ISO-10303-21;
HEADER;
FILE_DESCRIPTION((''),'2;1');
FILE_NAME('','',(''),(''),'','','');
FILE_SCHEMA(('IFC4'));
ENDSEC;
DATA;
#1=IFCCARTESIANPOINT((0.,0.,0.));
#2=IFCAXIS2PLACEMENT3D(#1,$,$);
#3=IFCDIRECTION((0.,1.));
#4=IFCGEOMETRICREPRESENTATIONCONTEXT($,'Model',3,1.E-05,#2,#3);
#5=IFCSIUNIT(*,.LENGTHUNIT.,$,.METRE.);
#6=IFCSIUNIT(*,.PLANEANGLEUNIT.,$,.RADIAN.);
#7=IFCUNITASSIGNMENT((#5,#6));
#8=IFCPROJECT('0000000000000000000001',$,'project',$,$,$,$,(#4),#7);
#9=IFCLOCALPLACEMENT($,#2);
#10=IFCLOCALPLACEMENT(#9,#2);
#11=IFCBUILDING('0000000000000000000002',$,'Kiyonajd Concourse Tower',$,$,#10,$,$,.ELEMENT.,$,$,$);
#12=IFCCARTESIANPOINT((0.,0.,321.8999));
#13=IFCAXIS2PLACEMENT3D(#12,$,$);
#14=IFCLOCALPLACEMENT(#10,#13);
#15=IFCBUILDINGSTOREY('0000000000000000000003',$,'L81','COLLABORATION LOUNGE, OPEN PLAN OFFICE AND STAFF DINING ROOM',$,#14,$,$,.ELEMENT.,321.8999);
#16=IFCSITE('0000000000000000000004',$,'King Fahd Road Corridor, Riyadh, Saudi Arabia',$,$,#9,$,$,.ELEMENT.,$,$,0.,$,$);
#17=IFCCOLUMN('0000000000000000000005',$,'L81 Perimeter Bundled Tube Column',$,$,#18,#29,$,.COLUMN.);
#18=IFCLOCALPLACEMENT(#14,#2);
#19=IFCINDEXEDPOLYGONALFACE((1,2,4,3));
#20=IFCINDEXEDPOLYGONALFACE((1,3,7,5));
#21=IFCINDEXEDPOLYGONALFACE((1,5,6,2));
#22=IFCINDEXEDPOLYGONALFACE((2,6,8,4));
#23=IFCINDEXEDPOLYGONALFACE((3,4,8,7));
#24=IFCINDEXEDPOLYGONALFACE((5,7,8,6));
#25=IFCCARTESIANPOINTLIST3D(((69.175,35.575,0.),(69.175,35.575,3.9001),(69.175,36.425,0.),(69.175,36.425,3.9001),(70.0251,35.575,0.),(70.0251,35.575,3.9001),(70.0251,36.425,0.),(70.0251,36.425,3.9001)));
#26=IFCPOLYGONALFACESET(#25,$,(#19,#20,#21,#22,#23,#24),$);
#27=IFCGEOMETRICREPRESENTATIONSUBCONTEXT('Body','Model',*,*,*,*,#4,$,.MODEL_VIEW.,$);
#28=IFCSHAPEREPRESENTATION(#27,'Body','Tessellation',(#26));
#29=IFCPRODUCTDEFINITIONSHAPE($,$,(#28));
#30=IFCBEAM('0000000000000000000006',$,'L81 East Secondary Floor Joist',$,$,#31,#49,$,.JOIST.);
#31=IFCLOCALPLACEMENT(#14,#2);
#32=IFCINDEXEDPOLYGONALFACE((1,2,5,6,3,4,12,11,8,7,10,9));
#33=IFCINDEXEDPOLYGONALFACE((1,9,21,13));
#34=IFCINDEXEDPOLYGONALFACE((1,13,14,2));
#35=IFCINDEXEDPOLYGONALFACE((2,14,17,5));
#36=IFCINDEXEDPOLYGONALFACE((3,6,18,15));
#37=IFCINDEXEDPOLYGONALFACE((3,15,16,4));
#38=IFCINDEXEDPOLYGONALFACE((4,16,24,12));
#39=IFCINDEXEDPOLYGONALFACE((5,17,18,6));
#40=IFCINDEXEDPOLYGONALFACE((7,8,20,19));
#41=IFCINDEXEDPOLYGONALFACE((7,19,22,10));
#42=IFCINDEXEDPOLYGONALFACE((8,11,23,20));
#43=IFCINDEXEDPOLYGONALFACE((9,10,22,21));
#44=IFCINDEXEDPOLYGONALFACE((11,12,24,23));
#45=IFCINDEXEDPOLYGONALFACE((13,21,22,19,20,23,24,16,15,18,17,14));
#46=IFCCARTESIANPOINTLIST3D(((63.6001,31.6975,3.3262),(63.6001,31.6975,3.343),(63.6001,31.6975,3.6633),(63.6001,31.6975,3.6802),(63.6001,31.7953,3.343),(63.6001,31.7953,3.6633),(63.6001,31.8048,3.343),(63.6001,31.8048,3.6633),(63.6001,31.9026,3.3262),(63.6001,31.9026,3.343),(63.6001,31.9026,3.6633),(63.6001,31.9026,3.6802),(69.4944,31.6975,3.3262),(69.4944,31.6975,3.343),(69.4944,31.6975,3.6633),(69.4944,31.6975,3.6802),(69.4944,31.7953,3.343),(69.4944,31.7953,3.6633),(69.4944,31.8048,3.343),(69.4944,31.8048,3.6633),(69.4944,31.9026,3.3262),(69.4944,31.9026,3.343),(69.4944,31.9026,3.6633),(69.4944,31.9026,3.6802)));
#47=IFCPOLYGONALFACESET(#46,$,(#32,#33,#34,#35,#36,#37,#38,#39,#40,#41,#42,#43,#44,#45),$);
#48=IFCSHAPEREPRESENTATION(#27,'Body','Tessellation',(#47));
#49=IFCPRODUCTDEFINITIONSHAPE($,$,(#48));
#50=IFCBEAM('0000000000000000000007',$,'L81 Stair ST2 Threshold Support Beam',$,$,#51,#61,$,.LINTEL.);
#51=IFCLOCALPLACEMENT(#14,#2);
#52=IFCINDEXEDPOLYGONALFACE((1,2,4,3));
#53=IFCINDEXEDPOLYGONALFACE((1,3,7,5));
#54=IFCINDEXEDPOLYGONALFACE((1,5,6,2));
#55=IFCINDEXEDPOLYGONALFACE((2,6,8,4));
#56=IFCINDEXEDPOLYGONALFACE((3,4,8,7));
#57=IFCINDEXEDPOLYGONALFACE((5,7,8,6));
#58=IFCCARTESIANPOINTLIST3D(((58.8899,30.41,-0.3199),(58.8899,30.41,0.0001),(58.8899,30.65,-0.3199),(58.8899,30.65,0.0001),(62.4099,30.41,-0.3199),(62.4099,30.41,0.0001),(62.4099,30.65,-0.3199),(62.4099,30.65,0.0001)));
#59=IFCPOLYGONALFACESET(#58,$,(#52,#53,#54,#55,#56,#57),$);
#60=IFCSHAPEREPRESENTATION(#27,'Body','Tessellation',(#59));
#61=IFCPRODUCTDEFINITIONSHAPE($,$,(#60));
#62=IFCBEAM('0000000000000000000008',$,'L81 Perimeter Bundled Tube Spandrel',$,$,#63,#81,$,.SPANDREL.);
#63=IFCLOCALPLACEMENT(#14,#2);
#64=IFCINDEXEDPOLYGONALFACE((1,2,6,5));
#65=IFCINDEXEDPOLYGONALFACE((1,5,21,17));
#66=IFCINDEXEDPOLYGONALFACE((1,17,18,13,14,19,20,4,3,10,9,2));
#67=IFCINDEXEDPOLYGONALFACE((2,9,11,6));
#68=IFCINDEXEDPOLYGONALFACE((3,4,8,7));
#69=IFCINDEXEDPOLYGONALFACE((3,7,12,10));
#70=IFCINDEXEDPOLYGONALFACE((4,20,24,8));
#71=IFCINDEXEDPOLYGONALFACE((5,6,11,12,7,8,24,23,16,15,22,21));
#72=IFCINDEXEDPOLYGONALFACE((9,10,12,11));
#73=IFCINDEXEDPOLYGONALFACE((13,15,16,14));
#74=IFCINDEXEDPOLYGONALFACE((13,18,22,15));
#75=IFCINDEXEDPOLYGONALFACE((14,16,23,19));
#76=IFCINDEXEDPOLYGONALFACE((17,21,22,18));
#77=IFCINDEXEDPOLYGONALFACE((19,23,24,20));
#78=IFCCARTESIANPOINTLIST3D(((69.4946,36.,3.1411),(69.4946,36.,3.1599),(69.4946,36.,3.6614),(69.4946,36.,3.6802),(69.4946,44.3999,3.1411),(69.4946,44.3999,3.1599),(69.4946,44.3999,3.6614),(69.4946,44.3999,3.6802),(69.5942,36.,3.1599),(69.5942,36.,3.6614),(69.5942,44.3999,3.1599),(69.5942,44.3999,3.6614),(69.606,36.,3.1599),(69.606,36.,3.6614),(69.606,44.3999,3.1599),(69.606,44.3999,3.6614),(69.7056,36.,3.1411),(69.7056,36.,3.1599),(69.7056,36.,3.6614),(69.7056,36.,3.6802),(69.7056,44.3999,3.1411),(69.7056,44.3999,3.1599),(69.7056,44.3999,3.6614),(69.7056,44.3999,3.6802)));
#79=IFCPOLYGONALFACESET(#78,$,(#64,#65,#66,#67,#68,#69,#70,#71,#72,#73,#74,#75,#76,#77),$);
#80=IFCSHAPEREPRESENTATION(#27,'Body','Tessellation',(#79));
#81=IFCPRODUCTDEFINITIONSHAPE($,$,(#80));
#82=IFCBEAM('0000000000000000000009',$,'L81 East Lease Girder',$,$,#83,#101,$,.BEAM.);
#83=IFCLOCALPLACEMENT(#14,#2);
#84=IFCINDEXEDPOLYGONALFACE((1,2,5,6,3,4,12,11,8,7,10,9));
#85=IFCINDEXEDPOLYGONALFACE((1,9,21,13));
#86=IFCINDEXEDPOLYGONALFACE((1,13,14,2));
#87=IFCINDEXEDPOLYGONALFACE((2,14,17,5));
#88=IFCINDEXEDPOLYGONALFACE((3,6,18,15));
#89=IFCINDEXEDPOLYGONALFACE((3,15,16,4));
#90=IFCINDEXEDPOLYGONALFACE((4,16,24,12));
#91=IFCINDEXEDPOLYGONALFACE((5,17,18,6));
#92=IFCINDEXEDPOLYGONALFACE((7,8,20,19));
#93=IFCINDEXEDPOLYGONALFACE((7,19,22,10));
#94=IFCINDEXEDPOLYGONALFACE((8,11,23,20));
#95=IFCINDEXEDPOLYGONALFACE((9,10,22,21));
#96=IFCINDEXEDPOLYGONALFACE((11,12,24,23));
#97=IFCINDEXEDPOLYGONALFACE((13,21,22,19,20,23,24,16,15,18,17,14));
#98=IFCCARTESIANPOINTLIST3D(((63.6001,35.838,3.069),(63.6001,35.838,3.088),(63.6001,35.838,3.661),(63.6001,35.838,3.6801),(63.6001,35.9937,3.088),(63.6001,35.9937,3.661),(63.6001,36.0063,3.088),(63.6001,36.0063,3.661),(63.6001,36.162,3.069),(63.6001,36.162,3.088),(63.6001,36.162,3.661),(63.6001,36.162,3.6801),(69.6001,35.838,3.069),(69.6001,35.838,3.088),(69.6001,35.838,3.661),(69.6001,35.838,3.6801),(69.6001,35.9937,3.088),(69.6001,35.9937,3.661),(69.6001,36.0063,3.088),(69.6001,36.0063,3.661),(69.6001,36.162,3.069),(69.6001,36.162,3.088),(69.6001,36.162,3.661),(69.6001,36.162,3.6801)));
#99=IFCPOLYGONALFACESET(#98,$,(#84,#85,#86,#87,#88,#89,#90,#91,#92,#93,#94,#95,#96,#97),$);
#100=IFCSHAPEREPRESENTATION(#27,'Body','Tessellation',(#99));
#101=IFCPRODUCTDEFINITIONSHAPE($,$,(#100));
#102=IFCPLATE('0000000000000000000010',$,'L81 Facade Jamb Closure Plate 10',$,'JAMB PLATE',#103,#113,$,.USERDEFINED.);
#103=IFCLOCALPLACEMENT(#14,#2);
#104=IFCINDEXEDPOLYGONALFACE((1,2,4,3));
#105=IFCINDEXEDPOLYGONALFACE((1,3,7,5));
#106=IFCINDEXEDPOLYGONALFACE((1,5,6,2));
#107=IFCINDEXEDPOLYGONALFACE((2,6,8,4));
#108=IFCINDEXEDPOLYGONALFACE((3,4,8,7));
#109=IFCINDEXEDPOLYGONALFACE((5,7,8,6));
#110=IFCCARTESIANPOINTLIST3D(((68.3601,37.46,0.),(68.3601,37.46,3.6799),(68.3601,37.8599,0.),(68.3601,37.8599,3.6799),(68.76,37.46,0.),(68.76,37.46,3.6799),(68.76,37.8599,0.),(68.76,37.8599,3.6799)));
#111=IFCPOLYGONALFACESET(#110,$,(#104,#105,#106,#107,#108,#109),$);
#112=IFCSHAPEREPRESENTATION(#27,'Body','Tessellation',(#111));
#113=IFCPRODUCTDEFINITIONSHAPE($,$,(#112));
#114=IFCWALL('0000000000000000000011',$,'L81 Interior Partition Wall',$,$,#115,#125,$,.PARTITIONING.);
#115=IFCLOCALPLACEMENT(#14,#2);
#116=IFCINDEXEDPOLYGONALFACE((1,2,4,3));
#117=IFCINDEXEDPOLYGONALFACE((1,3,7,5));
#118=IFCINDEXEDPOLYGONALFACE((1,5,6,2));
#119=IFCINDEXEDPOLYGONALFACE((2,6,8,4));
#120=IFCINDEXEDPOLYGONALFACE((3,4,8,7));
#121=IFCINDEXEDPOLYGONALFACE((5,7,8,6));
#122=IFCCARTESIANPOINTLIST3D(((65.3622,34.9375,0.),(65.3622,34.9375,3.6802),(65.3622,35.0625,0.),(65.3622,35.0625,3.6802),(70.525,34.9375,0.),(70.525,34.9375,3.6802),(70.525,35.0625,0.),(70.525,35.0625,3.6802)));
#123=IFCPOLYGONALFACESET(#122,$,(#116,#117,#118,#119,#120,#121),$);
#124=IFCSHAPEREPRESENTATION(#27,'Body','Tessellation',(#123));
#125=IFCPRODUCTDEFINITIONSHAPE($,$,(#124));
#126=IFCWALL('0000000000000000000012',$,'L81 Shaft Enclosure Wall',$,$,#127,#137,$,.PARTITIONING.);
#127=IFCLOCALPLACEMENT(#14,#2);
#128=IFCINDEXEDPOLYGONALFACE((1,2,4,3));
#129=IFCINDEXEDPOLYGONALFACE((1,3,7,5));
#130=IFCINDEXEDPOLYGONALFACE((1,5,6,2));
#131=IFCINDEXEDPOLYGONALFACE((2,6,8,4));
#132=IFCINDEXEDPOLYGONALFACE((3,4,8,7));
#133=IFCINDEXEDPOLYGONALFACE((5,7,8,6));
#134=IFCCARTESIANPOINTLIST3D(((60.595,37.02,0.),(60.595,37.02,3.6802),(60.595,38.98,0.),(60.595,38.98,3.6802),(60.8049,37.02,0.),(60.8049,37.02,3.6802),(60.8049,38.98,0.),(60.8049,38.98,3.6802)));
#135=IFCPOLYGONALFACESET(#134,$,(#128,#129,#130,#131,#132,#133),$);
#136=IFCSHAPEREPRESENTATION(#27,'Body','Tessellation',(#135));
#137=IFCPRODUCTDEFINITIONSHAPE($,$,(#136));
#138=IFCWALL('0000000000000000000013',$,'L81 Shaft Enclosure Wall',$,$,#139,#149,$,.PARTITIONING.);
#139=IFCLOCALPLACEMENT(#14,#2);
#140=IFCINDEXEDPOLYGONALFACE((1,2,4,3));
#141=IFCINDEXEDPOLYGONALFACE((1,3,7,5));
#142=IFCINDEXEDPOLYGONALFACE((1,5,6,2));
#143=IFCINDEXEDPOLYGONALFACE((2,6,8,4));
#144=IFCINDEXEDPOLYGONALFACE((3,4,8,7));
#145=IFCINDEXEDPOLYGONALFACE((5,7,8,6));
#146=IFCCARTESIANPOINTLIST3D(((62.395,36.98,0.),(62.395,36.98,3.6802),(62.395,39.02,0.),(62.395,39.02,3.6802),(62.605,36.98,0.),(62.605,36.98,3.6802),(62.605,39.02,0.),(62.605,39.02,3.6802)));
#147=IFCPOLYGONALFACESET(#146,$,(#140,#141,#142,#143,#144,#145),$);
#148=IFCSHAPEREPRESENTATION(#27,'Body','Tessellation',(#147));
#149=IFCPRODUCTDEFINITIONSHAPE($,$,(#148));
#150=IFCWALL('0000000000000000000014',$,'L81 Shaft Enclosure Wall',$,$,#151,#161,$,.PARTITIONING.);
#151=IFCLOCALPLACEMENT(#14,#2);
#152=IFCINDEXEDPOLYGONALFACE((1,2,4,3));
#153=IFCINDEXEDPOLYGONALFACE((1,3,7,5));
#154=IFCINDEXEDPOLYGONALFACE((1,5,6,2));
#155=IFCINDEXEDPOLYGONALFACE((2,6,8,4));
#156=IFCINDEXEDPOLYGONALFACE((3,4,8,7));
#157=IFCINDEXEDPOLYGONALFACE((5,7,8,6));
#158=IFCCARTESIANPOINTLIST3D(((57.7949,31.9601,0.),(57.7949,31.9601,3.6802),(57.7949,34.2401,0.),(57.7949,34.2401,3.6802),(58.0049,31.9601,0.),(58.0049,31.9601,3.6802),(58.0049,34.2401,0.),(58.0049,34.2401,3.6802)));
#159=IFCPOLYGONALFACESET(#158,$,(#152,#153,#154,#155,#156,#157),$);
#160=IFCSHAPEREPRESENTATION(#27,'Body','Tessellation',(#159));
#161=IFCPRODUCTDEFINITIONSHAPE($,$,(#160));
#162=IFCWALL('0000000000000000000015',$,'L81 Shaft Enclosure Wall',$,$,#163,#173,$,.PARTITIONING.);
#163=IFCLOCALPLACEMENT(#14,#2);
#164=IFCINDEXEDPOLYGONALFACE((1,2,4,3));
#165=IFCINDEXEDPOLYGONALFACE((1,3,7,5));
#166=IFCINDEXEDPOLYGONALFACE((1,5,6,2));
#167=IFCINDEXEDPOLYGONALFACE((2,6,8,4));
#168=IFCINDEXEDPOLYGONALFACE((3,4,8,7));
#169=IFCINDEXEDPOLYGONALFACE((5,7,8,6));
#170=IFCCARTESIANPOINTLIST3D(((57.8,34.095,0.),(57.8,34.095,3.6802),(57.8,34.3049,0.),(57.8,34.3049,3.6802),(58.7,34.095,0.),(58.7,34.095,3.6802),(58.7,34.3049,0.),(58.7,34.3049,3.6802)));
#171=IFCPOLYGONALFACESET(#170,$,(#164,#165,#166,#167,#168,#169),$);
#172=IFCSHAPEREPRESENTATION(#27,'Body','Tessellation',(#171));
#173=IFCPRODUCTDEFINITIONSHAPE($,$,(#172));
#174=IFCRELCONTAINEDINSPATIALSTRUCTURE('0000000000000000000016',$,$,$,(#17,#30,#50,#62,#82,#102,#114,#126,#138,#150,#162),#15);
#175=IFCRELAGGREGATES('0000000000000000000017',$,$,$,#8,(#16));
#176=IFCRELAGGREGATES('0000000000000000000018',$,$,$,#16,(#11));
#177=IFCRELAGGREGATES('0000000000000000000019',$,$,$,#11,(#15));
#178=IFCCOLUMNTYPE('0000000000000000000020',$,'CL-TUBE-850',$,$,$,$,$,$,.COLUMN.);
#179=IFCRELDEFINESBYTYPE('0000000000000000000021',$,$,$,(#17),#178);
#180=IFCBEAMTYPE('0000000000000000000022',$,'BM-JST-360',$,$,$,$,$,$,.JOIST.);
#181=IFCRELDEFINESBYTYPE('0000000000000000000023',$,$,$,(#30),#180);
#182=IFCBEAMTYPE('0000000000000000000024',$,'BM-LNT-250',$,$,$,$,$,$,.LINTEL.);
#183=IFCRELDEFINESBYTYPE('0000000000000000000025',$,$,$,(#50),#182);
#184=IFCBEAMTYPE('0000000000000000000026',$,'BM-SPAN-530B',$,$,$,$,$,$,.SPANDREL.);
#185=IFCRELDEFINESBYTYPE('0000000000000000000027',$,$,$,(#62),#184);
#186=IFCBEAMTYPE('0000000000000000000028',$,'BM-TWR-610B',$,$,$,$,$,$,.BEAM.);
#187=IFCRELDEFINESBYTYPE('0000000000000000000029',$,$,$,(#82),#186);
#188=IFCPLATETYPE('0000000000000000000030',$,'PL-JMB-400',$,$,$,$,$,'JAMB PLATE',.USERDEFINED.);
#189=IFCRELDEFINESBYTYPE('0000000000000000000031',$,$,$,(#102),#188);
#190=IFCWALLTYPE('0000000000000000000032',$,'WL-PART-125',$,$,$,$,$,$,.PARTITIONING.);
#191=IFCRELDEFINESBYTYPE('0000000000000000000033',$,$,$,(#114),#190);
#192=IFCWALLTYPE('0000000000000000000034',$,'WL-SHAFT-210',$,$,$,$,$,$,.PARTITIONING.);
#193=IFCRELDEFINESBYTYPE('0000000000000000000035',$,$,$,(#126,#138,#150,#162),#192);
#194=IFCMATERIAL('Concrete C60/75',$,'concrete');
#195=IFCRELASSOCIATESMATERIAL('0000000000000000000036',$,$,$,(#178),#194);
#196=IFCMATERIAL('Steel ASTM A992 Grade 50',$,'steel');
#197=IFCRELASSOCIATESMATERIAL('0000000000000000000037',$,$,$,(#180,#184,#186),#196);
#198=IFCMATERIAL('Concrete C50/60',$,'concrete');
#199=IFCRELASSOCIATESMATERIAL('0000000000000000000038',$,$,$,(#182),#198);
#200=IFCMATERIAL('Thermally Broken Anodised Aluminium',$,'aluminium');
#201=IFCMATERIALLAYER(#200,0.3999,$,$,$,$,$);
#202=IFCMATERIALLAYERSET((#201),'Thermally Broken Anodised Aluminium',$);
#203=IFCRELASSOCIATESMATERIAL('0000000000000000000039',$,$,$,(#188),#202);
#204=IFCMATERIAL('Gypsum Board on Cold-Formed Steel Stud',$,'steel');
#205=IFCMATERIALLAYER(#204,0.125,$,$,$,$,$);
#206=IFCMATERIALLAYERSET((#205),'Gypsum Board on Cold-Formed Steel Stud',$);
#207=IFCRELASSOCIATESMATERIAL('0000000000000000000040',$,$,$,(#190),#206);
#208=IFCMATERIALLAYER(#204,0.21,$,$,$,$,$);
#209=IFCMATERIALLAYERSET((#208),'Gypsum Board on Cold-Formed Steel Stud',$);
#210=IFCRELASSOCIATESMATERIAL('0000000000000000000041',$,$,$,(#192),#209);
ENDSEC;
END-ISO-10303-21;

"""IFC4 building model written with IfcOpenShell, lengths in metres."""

from ifc_helpers import new_model, si_unit, direction, frame, frame_2d, origin, origin_2d, place, context, subcontext, project, spatial, rectangle, i_section, extrude, material, layer, layer_set, material_profile, profile_set, type_object, element, save


model = new_model("IFC4")

# Units and contexts
model_context = context("Model", 3, precision=1e-05, world=origin(), true_north=direction((0.0, 1.0)))
body_context = subcontext(model_context, "Body", "Model", "MODEL_VIEW")
ifc_project = project(units=[si_unit("LENGTHUNIT", "METRE"), si_unit("PLANEANGLEUNIT", "RADIAN")], contexts=[model_context])

# Site, building, storey
site_placement = place(None, origin())
site = spatial("IfcSite", under=ifc_project, at=site_placement, Name="King Fahd Road Corridor, Riyadh, Saudi Arabia", CompositionType="ELEMENT", RefElevation=0.0)
building_placement = place(site_placement, origin())
building = spatial("IfcBuilding", under=site, at=building_placement, Name="Kiyonajd Concourse Tower", CompositionType="ELEMENT")
storey_placement = place(building_placement, frame((0.0, 0.0, 321.8999)))
storey = spatial("IfcBuildingStorey", under=building, at=storey_placement, Name="L81", Description="COLLABORATION LOUNGE, OPEN PLAN OFFICE AND STAFF DINING ROOM", CompositionType="ELEMENT", Elevation=321.8999)

# Column
ifc_material_1 = material(Name="Concrete C60/75", Category="concrete")
ifc_material_profile_1 = material_profile(ifc_material_1, rectangle(XDim=0.8501, YDim=0.8501, at=origin_2d()), Name="RC-850x850")
ifc_profile_set_1 = profile_set([ifc_material_profile_1], Name="Concrete C60/75")
column_type = type_object("IfcColumnType", Name="CL-TUBE-850", PredefinedType="COLUMN", material=ifc_profile_set_1)
column_placement = place(storey_placement, frame((69.6001, 36.0, 0.0), z_axis=(0.0, 0.0, 1.0), x_axis=(1.0, 0.0, 0.0)))
element("IfcColumn", 1, at=column_placement, inside=storey, type_object=column_type, Name="L81 Perimeter Bundled Tube Column", PredefinedType="COLUMN", context=body_context, shape_type="SweptSolid", body=[
    extrude(rectangle(XDim=0.8501, YDim=0.8501, at=origin_2d()), origin(), (0.0, 0.0, 1.0), 3.9001),
])

# Beams
ifc_material_2 = material(Name="Steel ASTM A992 Grade 50", Category="steel")
ifc_material_profile_2 = material_profile(ifc_material_2, i_section(OverallWidth=0.2051, OverallDepth=0.354, WebThickness=0.0095, FlangeThickness=0.0168, at=origin_2d()), Name="W360X79")
ifc_profile_set_2 = profile_set([ifc_material_profile_2], Name="Steel ASTM A992 Grade 50")
beam_type_1 = type_object("IfcBeamType", Name="BM-JST-360", PredefinedType="JOIST", material=ifc_profile_set_2)
beam_1_placement = place(storey_placement, frame((63.6001, 31.8, 3.5032), z_axis=(1.0, 0.0, 0.0), x_axis=(0.0, 1.0, 0.0)))
element("IfcBeam", 2, at=beam_1_placement, inside=storey, type_object=beam_type_1, Name="L81 East Secondary Floor Joist", PredefinedType="JOIST", context=body_context, shape_type="SweptSolid", body=[
    extrude(i_section(OverallWidth=0.2051, OverallDepth=0.354, WebThickness=0.0095, FlangeThickness=0.0168, at=origin_2d()), origin(), (0.0, 0.0, 1.0), 5.8943),
])
ifc_material_3 = material(Name="Concrete C50/60", Category="concrete")
ifc_material_profile_3 = material_profile(ifc_material_3, rectangle(XDim=0.24, YDim=0.3201, at=origin_2d()), Name="RCBM-240x320")
ifc_profile_set_3 = profile_set([ifc_material_profile_3], Name="Concrete C50/60")
beam_type_2 = type_object("IfcBeamType", Name="BM-LNT-250", PredefinedType="LINTEL", material=ifc_profile_set_3)
beam_2_placement = place(storey_placement, frame((58.8899, 30.53, -0.1599), z_axis=(1.0, 0.0, 0.0), x_axis=(0.0, 1.0, 0.0)))
element("IfcBeam", 3, at=beam_2_placement, inside=storey, type_object=beam_type_2, Name="L81 Stair ST2 Threshold Support Beam", PredefinedType="LINTEL", context=body_context, shape_type="SweptSolid", body=[
    extrude(rectangle(XDim=0.24, YDim=0.3201, at=origin_2d()), origin(), (0.0, 0.0, 1.0), 3.52),
])
ifc_material_profile_4 = material_profile(ifc_material_2, i_section(OverallWidth=0.2109, OverallDepth=0.5391, WebThickness=0.0117, FlangeThickness=0.0188, at=origin_2d()), Name="W530X109")
ifc_profile_set_4 = profile_set([ifc_material_profile_4], Name="Steel ASTM A992 Grade 50")
beam_type_3 = type_object("IfcBeamType", Name="BM-SPAN-530B", PredefinedType="SPANDREL", material=ifc_profile_set_4)
beam_3_placement = place(storey_placement, frame((69.6001, 36.0, 3.4106), z_axis=(0.0, 1.0, 0.0), x_axis=(-1.0, 0.0, 0.0)))
element("IfcBeam", 4, at=beam_3_placement, inside=storey, type_object=beam_type_3, Name="L81 Perimeter Bundled Tube Spandrel", PredefinedType="SPANDREL", context=body_context, shape_type="SweptSolid", body=[
    extrude(i_section(OverallWidth=0.2109, OverallDepth=0.5391, WebThickness=0.0117, FlangeThickness=0.0188, at=origin_2d()), origin(), (0.0, 0.0, 1.0), 8.3999),
])
ifc_material_profile_5 = material_profile(ifc_material_2, i_section(OverallWidth=0.324, OverallDepth=0.6111, WebThickness=0.0127, FlangeThickness=0.019, at=origin_2d()), Name="W610X155")
ifc_profile_set_5 = profile_set([ifc_material_profile_5], Name="Steel ASTM A992 Grade 50")
beam_type_4 = type_object("IfcBeamType", Name="BM-TWR-610B", PredefinedType="BEAM", material=ifc_profile_set_5)
beam_4_placement = place(storey_placement, frame((63.6001, 36.0, 3.3745), z_axis=(1.0, 0.0, 0.0), x_axis=(0.0, 1.0, 0.0)))
element("IfcBeam", 5, at=beam_4_placement, inside=storey, type_object=beam_type_4, Name="L81 East Lease Girder", PredefinedType="BEAM", context=body_context, shape_type="SweptSolid", body=[
    extrude(i_section(OverallWidth=0.324, OverallDepth=0.6111, WebThickness=0.0127, FlangeThickness=0.019, at=origin_2d()), origin(), (0.0, 0.0, 1.0), 6.0),
])

# Plate
ifc_material_4 = material(Name="Thermally Broken Anodised Aluminium", Category="aluminium")
ifc_layer_1 = layer(ifc_material_4, 0.3999)
ifc_layer_set_1 = layer_set([ifc_layer_1], Name="Thermally Broken Anodised Aluminium")
plate_type = type_object("IfcPlateType", Name="PL-JMB-400", ElementType="JAMB PLATE", PredefinedType="USERDEFINED", material=ifc_layer_set_1)
plate_placement = place(storey_placement, frame((68.5601, 37.6599, 0.0), z_axis=(0.0, 0.0, 1.0), x_axis=(1.0, 0.0, 0.0)))
element("IfcPlate", 6, at=plate_placement, inside=storey, type_object=plate_type, Name="L81 Facade Jamb Closure Plate 10", ObjectType="JAMB PLATE", PredefinedType="USERDEFINED", context=body_context, shape_type="SweptSolid", body=[
    extrude(rectangle(XDim=0.3999, YDim=0.3999, at=origin_2d()), origin(), (0.0, 0.0, 1.0), 3.6799),
])

# Walls
ifc_material_5 = material(Name="Gypsum Board on Cold-Formed Steel Stud", Category="steel")
ifc_layer_2 = layer(ifc_material_5, 0.125)
ifc_layer_set_2 = layer_set([ifc_layer_2], Name="Gypsum Board on Cold-Formed Steel Stud")
wall_type_1 = type_object("IfcWallType", Name="WL-PART-125", PredefinedType="PARTITIONING", material=ifc_layer_set_2)
wall_1_placement = place(storey_placement, frame((65.3621, 35.0, 0.0), z_axis=(0.0, 0.0, 1.0), x_axis=(1.0, 0.0, 0.0)))
element("IfcWall", 7, at=wall_1_placement, inside=storey, type_object=wall_type_1, Name="L81 Interior Partition Wall", PredefinedType="PARTITIONING", context=body_context, shape_type="SweptSolid", body=[
    extrude(rectangle(XDim=5.1628, YDim=0.125, at=frame_2d((2.5815, 0.0))), origin(), (0.0, 0.0, 1.0), 3.6802),
])
ifc_layer_3 = layer(ifc_material_5, 0.21)
ifc_layer_set_3 = layer_set([ifc_layer_3], Name="Gypsum Board on Cold-Formed Steel Stud")
wall_type_2 = type_object("IfcWallType", Name="WL-SHAFT-210", PredefinedType="PARTITIONING", material=ifc_layer_set_3)
wall_2_placement = place(storey_placement, frame((60.7, 37.02, 0.0), z_axis=(0.0, 0.0, 1.0), x_axis=(0.0, 1.0, 0.0)))
element("IfcWall", 8, at=wall_2_placement, inside=storey, type_object=wall_type_2, Name="L81 Shaft Enclosure Wall", PredefinedType="PARTITIONING", context=body_context, shape_type="SweptSolid", body=[
    extrude(rectangle(XDim=1.96, YDim=0.21, at=frame_2d((0.98, 0.0))), origin(), (0.0, 0.0, 1.0), 3.6802),
])
wall_3_placement = place(storey_placement, frame((62.5, 36.98, 0.0), z_axis=(0.0, 0.0, 1.0), x_axis=(0.0, 1.0, 0.0)))
element("IfcWall", 9, at=wall_3_placement, inside=storey, type_object=wall_type_2, Name="L81 Shaft Enclosure Wall", PredefinedType="PARTITIONING", context=body_context, shape_type="SweptSolid", body=[
    extrude(rectangle(XDim=2.04, YDim=0.21, at=frame_2d((1.02, 0.0))), origin(), (0.0, 0.0, 1.0), 3.6802),
])
wall_4_placement = place(storey_placement, frame((57.8999, 31.96, 0.0), z_axis=(0.0, 0.0, 1.0), x_axis=(0.0, 1.0, 0.0)))
element("IfcWall", 10, at=wall_4_placement, inside=storey, type_object=wall_type_2, Name="L81 Shaft Enclosure Wall", PredefinedType="PARTITIONING", context=body_context, shape_type="SweptSolid", body=[
    extrude(rectangle(XDim=2.28, YDim=0.21, at=frame_2d((1.1401, 0.0))), origin(), (0.0, 0.0, 1.0), 3.6802),
])
wall_5_placement = place(storey_placement, frame((57.8, 34.2, 0.0), z_axis=(0.0, 0.0, 1.0), x_axis=(1.0, 0.0, 0.0)))
element("IfcWall", 11, at=wall_5_placement, inside=storey, type_object=wall_type_2, Name="L81 Shaft Enclosure Wall", PredefinedType="PARTITIONING", context=body_context, shape_type="SweptSolid", body=[
    extrude(rectangle(XDim=0.8999, YDim=0.21, at=frame_2d((0.45, 0.0))), origin(), (0.0, 0.0, 1.0), 3.6802),
])

save(model, "model.ifc")
